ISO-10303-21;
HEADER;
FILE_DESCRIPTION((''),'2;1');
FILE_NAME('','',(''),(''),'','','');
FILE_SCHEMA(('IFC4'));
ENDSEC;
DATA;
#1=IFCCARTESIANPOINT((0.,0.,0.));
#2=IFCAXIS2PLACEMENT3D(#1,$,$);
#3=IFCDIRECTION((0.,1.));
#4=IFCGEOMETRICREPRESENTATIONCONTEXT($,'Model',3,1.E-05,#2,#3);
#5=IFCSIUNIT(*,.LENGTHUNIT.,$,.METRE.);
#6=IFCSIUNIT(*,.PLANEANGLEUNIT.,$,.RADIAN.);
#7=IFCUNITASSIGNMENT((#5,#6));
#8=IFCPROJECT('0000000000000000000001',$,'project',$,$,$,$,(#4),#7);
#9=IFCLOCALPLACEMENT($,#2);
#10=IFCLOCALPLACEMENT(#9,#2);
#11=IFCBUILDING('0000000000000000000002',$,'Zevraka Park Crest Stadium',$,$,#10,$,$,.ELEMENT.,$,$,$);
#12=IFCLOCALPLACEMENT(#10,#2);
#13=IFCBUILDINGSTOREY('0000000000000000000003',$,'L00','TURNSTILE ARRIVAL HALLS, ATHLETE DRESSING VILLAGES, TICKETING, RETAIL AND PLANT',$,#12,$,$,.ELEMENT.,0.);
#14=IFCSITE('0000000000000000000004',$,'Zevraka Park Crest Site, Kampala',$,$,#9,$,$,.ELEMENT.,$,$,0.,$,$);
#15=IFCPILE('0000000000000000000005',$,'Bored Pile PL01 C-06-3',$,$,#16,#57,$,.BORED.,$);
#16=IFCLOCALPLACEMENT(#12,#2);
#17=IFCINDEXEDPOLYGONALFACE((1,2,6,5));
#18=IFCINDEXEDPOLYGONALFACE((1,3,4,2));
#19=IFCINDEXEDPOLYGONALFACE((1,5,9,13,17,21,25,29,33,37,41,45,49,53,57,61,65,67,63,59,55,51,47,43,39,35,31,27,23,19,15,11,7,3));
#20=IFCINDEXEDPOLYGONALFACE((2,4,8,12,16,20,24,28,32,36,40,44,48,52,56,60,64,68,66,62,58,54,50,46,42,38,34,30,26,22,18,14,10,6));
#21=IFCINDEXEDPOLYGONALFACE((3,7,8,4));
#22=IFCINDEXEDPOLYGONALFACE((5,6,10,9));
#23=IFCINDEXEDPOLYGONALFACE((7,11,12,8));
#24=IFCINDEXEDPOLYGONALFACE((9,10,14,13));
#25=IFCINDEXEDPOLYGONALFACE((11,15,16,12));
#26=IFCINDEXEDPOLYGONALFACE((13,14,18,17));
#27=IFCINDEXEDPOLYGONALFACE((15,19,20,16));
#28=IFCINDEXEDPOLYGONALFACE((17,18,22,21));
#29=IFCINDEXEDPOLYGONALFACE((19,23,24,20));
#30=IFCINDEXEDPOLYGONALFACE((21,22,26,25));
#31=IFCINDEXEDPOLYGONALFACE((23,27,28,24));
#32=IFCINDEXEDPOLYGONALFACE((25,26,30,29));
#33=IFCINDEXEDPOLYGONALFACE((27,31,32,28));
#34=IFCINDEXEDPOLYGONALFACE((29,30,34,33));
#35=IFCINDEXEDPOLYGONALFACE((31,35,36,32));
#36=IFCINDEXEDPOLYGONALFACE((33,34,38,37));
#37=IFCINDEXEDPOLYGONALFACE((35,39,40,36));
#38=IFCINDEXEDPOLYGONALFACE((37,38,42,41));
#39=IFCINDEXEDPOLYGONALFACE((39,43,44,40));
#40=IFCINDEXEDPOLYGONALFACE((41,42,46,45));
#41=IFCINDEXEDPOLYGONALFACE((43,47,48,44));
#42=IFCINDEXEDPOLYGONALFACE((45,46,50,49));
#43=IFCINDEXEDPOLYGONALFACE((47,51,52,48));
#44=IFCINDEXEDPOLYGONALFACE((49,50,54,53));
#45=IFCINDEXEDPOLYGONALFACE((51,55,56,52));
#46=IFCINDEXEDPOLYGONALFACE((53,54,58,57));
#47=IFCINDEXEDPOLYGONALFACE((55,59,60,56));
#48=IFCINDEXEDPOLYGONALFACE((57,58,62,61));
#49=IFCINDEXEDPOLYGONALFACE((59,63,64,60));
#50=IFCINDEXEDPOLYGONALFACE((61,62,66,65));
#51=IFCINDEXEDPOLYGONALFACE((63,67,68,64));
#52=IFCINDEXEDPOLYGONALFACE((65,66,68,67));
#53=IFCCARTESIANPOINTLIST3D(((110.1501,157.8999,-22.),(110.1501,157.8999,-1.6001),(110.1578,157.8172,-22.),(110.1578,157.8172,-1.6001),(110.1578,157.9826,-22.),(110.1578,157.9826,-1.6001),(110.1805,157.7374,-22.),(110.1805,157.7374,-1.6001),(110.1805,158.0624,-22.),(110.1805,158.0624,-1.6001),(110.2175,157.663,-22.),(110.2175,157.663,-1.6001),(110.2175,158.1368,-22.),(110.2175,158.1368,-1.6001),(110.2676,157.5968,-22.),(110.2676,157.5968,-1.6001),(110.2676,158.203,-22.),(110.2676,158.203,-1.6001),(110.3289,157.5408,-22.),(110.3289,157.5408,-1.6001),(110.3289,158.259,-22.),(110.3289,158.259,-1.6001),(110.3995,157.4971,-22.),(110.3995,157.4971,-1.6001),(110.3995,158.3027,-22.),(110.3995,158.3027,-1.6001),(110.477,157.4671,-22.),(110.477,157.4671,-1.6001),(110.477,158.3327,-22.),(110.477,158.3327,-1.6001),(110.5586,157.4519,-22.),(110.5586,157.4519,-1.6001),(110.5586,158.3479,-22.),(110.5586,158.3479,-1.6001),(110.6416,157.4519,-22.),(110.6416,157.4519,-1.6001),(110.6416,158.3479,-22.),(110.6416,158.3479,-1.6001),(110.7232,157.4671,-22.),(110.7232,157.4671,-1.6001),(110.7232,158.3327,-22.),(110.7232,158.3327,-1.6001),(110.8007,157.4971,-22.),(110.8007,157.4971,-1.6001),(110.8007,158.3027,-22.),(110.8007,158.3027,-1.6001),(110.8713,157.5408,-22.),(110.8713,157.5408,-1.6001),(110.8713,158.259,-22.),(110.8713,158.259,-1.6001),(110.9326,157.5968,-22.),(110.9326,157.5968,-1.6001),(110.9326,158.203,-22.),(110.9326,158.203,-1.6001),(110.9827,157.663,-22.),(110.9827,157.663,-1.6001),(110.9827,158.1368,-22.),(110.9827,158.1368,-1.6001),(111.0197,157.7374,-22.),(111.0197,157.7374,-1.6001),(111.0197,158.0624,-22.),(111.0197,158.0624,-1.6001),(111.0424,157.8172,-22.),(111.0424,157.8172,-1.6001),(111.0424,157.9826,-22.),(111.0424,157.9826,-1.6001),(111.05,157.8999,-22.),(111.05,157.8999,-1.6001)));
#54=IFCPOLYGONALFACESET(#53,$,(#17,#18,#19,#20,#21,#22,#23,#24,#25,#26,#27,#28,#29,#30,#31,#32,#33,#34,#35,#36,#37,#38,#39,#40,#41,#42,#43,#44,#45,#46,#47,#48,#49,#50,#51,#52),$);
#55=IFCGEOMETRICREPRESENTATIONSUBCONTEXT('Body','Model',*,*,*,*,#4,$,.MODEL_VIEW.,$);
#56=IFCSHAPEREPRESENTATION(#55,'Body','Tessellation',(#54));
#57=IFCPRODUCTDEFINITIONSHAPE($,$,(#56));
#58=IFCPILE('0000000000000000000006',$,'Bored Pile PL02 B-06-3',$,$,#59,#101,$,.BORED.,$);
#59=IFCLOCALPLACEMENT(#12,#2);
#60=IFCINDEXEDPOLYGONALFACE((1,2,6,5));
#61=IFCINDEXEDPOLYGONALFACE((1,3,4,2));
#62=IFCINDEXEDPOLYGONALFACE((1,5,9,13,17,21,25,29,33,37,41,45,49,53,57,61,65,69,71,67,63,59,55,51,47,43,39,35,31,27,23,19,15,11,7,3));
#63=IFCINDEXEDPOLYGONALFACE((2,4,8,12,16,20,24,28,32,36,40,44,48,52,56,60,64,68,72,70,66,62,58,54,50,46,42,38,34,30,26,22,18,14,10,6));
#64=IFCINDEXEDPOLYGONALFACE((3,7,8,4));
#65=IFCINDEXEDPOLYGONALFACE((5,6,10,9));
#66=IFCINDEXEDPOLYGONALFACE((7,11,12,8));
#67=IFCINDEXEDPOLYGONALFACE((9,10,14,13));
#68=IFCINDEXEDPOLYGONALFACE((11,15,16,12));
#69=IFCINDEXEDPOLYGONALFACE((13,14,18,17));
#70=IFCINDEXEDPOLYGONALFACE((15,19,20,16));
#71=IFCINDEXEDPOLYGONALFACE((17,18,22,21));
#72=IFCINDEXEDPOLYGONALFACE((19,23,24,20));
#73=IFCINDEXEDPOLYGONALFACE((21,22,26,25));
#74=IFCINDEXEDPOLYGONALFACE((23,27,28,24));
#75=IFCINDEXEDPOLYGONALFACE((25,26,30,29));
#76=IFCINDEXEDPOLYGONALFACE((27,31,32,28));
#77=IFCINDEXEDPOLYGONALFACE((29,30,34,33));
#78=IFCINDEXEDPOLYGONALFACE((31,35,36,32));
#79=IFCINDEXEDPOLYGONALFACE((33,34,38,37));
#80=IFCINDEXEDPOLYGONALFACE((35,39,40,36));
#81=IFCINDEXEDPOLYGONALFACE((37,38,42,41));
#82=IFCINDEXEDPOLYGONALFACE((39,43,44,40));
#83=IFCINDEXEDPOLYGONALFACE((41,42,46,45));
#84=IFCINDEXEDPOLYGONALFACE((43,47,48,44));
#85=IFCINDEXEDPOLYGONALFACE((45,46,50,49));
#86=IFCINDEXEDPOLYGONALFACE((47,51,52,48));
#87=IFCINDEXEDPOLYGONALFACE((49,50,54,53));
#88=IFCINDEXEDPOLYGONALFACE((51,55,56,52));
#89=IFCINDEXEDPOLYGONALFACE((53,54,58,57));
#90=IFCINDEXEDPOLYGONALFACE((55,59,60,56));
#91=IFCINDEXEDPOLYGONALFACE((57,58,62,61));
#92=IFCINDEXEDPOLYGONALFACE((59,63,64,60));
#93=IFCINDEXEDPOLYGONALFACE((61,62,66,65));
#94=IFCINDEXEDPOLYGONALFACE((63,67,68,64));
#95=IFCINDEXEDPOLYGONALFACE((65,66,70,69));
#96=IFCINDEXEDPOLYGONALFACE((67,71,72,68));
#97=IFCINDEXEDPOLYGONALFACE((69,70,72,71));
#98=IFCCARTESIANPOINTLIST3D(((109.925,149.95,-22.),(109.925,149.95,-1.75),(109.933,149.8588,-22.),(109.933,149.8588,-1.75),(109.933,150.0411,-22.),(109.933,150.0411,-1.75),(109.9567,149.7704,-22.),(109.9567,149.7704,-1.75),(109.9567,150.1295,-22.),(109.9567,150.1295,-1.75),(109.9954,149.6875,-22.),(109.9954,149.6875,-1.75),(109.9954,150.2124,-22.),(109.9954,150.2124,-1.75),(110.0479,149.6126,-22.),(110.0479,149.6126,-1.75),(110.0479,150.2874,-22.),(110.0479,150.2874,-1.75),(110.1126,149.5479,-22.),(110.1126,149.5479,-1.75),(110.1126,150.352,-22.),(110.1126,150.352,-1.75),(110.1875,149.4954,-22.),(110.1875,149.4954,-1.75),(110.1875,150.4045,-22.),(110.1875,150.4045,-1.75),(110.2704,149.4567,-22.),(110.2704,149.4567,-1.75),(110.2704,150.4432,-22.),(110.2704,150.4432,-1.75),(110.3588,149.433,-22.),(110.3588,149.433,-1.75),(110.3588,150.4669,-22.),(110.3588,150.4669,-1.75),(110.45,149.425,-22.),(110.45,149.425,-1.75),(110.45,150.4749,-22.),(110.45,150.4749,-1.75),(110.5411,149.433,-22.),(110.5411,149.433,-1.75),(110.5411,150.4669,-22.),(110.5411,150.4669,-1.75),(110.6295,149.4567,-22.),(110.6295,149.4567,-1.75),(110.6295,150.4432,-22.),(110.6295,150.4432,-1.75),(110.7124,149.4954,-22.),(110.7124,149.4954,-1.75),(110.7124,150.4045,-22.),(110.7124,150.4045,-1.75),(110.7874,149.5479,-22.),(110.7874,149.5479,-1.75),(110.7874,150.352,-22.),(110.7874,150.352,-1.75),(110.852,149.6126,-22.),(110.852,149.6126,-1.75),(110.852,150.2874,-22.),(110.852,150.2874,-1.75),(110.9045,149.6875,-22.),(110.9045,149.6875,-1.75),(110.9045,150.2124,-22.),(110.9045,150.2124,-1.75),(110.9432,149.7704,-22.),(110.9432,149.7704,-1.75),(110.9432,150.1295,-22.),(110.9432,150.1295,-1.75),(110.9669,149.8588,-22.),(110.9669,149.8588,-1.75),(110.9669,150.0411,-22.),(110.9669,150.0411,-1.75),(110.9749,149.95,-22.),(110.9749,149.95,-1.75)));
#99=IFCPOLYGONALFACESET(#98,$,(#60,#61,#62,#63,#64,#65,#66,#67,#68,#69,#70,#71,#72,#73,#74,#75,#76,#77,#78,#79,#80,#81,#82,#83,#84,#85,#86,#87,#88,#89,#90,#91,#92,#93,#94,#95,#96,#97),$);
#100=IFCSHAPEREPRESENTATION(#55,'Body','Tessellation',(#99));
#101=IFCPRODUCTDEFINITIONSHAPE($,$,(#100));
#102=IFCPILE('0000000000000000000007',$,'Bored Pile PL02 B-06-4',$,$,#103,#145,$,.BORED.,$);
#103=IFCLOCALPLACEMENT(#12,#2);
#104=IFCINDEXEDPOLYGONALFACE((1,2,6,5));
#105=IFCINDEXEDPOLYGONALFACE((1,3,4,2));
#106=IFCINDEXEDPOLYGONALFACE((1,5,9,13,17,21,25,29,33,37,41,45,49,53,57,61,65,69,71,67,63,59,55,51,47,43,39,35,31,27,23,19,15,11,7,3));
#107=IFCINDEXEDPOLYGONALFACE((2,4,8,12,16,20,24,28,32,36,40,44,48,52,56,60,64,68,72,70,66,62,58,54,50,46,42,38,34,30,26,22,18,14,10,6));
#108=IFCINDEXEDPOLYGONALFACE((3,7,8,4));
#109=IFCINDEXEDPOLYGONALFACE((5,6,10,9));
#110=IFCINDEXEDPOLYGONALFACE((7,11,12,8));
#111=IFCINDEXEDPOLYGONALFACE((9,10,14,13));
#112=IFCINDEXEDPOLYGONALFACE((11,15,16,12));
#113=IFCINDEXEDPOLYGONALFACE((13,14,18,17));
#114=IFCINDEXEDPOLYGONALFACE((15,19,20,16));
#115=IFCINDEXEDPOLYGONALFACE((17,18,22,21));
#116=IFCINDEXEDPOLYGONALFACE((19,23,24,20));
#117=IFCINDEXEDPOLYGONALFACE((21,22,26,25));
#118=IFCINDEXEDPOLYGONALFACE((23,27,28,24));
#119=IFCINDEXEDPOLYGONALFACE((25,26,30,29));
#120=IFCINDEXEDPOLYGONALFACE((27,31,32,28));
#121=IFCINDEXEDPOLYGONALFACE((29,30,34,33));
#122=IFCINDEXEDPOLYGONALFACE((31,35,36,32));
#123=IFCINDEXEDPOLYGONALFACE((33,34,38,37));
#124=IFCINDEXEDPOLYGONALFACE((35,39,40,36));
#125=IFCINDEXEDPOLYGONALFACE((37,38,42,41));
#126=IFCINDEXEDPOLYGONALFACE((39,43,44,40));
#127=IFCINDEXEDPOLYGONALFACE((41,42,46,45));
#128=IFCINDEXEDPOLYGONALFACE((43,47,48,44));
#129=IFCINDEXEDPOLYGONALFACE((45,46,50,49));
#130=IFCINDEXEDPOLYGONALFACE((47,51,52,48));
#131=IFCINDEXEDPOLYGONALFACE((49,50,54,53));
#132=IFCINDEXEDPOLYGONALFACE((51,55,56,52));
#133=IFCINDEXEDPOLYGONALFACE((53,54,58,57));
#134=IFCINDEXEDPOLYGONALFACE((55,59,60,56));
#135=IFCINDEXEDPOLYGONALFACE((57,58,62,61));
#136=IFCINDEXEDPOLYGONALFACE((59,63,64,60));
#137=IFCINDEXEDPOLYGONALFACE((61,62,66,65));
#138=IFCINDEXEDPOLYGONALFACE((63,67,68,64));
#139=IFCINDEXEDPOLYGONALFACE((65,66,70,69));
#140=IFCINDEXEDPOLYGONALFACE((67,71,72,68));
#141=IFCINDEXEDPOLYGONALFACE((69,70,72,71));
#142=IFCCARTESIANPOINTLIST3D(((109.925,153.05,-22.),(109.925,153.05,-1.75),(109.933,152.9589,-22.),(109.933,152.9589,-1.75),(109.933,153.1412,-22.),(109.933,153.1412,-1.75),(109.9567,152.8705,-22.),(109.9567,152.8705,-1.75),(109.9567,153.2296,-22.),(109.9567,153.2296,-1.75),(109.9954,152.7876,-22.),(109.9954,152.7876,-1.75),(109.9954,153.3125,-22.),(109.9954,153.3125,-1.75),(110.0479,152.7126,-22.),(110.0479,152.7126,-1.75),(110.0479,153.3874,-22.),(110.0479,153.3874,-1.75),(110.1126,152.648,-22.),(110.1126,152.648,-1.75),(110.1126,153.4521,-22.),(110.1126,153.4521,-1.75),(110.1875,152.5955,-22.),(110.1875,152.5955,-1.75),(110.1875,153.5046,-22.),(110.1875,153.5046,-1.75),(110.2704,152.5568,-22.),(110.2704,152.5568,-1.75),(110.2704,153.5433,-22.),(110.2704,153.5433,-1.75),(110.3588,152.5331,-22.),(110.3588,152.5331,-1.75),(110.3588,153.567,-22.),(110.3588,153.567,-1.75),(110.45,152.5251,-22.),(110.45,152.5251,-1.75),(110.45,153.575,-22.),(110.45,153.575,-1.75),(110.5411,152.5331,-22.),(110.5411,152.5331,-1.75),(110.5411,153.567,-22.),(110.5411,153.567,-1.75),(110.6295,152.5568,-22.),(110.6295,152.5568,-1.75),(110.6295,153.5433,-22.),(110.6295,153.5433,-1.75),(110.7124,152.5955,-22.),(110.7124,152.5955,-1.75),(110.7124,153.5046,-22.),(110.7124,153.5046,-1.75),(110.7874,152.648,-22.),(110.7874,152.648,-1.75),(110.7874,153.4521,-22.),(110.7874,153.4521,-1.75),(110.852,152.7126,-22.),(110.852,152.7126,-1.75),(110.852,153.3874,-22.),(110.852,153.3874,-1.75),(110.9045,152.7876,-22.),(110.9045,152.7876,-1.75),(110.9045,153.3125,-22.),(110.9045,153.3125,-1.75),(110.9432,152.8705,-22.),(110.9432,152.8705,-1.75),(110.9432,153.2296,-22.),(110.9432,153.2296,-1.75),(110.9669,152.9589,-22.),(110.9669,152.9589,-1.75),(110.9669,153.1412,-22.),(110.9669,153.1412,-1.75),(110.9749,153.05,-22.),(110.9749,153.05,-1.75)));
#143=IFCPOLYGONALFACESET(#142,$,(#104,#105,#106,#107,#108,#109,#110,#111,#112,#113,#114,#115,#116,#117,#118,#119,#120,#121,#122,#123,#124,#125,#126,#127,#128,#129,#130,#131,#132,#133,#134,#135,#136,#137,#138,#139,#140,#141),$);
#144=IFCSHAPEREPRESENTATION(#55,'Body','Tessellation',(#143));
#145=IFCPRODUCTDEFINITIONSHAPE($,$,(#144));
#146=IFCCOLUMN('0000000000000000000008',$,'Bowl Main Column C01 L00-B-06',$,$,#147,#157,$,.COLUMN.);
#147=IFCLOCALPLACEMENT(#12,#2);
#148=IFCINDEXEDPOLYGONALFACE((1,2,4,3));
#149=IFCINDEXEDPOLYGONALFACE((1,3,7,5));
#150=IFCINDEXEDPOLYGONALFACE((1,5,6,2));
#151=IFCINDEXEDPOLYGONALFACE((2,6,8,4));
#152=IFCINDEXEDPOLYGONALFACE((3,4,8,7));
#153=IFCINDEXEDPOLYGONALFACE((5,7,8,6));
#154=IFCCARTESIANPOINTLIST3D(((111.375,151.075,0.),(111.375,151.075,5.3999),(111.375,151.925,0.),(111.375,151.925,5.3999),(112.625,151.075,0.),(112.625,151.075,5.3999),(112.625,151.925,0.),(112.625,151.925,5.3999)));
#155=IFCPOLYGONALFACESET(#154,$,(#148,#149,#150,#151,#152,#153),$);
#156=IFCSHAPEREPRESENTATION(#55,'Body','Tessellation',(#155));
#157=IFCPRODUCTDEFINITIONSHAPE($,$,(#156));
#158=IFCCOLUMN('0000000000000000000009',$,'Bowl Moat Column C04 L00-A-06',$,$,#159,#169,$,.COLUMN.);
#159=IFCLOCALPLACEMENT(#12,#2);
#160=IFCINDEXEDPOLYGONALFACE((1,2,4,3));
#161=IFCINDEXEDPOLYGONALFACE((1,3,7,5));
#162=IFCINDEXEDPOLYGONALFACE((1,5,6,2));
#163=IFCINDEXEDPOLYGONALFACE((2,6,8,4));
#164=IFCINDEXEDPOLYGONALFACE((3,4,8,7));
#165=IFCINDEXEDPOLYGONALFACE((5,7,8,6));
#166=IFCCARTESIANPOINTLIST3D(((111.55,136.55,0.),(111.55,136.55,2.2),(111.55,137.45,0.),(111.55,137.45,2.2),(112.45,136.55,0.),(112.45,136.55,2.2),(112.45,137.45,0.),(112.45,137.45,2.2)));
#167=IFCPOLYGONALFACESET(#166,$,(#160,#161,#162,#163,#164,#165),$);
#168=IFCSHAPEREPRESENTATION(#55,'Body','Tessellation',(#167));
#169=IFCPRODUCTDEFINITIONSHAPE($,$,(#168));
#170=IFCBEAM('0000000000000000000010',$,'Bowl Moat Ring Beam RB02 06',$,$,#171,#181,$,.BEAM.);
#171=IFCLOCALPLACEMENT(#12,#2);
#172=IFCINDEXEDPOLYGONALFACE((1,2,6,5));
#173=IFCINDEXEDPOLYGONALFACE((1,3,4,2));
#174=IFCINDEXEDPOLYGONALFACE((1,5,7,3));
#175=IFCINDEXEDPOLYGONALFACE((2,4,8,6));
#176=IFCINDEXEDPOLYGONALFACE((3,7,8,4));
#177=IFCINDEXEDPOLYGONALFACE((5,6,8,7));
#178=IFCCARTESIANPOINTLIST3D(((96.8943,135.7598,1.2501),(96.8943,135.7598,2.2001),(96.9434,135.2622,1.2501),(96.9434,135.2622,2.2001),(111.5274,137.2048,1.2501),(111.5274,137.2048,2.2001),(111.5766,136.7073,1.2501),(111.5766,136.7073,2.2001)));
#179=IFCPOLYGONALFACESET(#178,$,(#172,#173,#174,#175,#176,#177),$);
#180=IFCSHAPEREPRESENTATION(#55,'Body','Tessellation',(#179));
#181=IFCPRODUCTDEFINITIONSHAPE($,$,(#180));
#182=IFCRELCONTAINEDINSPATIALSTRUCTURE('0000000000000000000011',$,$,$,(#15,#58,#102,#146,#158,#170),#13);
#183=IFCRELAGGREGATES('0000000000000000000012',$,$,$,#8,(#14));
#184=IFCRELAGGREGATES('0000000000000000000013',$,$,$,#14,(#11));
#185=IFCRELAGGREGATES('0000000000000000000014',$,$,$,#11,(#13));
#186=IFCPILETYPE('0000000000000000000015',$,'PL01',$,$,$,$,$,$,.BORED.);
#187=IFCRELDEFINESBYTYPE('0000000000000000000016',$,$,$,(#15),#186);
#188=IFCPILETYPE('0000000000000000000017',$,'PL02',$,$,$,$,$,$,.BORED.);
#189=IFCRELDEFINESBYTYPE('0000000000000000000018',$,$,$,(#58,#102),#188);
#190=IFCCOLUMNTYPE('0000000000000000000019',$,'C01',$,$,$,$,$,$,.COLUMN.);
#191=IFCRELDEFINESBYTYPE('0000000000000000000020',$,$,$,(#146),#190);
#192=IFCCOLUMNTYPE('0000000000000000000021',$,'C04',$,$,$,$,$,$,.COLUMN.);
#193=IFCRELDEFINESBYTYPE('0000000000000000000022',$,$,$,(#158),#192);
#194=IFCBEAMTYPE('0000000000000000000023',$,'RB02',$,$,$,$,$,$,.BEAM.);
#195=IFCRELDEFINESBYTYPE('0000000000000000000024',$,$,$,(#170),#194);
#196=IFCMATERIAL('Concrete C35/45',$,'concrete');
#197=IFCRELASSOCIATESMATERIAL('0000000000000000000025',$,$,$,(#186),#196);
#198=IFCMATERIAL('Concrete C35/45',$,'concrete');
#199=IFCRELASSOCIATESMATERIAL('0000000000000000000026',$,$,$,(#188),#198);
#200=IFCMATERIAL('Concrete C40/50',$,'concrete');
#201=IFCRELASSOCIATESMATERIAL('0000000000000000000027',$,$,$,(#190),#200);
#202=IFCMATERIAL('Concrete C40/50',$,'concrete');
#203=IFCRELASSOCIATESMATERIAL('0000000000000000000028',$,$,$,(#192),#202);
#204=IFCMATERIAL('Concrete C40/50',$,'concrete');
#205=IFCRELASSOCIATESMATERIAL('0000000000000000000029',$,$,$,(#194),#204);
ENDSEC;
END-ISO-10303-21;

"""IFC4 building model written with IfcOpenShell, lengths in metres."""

from ifc_helpers import new_model, si_unit, direction, frame, origin, origin_2d, place, context, subcontext, project, spatial, rectangle, circle, extrude, material, material_profile, profile_set, type_object, element, save


model = new_model("IFC4")

# Units and contexts
model_context = context("Model", 3, precision=1e-05, world=origin(), true_north=direction((0.0, 1.0)))
body_context = subcontext(model_context, "Body", "Model", "MODEL_VIEW")
ifc_project = project(units=[si_unit("LENGTHUNIT", "METRE"), si_unit("PLANEANGLEUNIT", "RADIAN")], contexts=[model_context])

# Site, building, storey
site_placement = place(None, origin())
site = spatial("IfcSite", under=ifc_project, at=site_placement, Name="Zevraka Park Crest Site, Kampala", CompositionType="ELEMENT", RefElevation=0.0)
building_placement = place(site_placement, origin())
building = spatial("IfcBuilding", under=site, at=building_placement, Name="Zevraka Park Crest Stadium", CompositionType="ELEMENT")
storey_placement = place(building_placement, origin())
storey = spatial("IfcBuildingStorey", under=building, at=storey_placement, Name="L00", Description="TURNSTILE ARRIVAL HALLS, ATHLETE DRESSING VILLAGES, TICKETING, RETAIL AND PLANT", CompositionType="ELEMENT", Elevation=0.0)

# Piles
ifc_material_1 = material(Name="Concrete C35/45", Category="concrete")
ifc_material_profile_1 = material_profile(ifc_material_1, circle(Radius=0.45, at=origin_2d()), Name="PILE D900")
ifc_profile_set_1 = profile_set([ifc_material_profile_1], Name="Concrete C35/45")
pile_type_1 = type_object("IfcPileType", Name="PL01", PredefinedType="BORED", material=ifc_profile_set_1)
pile_placement = place(storey_placement, frame((110.6001, 157.8999, -1.6001), z_axis=(0.0, 0.0, -1.0), x_axis=(1.0, 0.0, 0.0)))
element("IfcPile", 1, at=pile_placement, inside=storey, type_object=pile_type_1, Name="Bored Pile PL01 C-06-3", PredefinedType="BORED", context=body_context, shape_type="SweptSolid", body=[
    extrude(circle(Radius=0.45, at=origin_2d()), origin(), (0.0, 0.0, 1.0), 20.3999),
])
ifc_material_2 = material(Name="Concrete C35/45", Category="concrete")
ifc_material_profile_2 = material_profile(ifc_material_2, circle(Radius=0.5249, at=origin_2d()), Name="PILE D1050")
ifc_profile_set_2 = profile_set([ifc_material_profile_2], Name="Concrete C35/45")
pile_type_2 = type_object("IfcPileType", Name="PL02", PredefinedType="BORED", material=ifc_profile_set_2)
for number, where, z_axis, x_axis, name in (
    (2, (110.45, 149.95, -1.75), (0.0, 0.0, -1.0), (1.0, 0.0, 0.0), "Bored Pile PL02 B-06-3"),
    (3, (110.45, 153.05, -1.75), (0.0, 0.0, -1.0), (1.0, 0.0, 0.0), "Bored Pile PL02 B-06-4"),
):
    element("IfcPile", number, at=place(storey_placement, frame(where, z_axis=z_axis, x_axis=x_axis)), inside=storey, type_object=pile_type_2, Name=name, PredefinedType="BORED", context=body_context, shape_type="SweptSolid", body=[
        extrude(circle(Radius=0.5249, at=origin_2d()), origin(), (0.0, 0.0, 1.0), 20.25),
    ])

# Columns
ifc_material_3 = material(Name="Concrete C40/50", Category="concrete")
ifc_material_profile_3 = material_profile(ifc_material_3, rectangle(XDim=0.8501, YDim=1.25, at=origin_2d()), Name="RC 1250x850")
ifc_profile_set_3 = profile_set([ifc_material_profile_3], Name="Concrete C40/50")
column_type_1 = type_object("IfcColumnType", Name="C01", PredefinedType="COLUMN", material=ifc_profile_set_3)
column_1_placement = place(storey_placement, frame((112.0, 151.5, 0.0), z_axis=(0.0, 0.0, 1.0), x_axis=(0.0, 1.0, 0.0)))
element("IfcColumn", 4, at=column_1_placement, inside=storey, type_object=column_type_1, Name="Bowl Main Column C01 L00-B-06", PredefinedType="COLUMN", context=body_context, shape_type="SweptSolid", body=[
    extrude(rectangle(XDim=0.8501, YDim=1.25, at=origin_2d()), origin(), (0.0, 0.0, 1.0), 5.3999),
])
ifc_material_4 = material(Name="Concrete C40/50", Category="concrete")
ifc_material_profile_4 = material_profile(ifc_material_4, rectangle(XDim=0.8999, YDim=0.8999, at=origin_2d()), Name="RC 900x900")
ifc_profile_set_4 = profile_set([ifc_material_profile_4], Name="Concrete C40/50")
column_type_2 = type_object("IfcColumnType", Name="C04", PredefinedType="COLUMN", material=ifc_profile_set_4)
column_2_placement = place(storey_placement, frame((112.0, 137.0, 0.0), z_axis=(0.0, 0.0, 1.0), x_axis=(0.0, 1.0, 0.0)))
element("IfcColumn", 5, at=column_2_placement, inside=storey, type_object=column_type_2, Name="Bowl Moat Column C04 L00-A-06", PredefinedType="COLUMN", context=body_context, shape_type="SweptSolid", body=[
    extrude(rectangle(XDim=0.8999, YDim=0.8999, at=origin_2d()), origin(), (0.0, 0.0, 1.0), 2.2),
])

# Beam
ifc_material_5 = material(Name="Concrete C40/50", Category="concrete")
ifc_material_profile_5 = material_profile(ifc_material_5, rectangle(XDim=0.5, YDim=0.95, at=origin_2d()), Name="RC 950x500")
ifc_profile_set_5 = profile_set([ifc_material_profile_5], Name="Concrete C40/50")
beam_type_1 = type_object("IfcBeamType", Name="RB02", PredefinedType="BEAM", material=ifc_profile_set_5)
beam_1_placement = place(storey_placement, frame((111.552, 136.9561, 1.7251), z_axis=(-0.995159, -0.098276, 0.0), x_axis=(0.098276, -0.995159, 0.0)))
element("IfcBeam", 6, at=beam_1_placement, inside=storey, type_object=beam_type_1, Name="Bowl Moat Ring Beam RB02 06", PredefinedType="BEAM", context=body_context, shape_type="SweptSolid", body=[
    extrude(rectangle(XDim=0.5, YDim=0.95, at=origin_2d()), origin(), (0.0, 0.0, 1.0), 14.7043),
])

save(model, "model.ifc")
